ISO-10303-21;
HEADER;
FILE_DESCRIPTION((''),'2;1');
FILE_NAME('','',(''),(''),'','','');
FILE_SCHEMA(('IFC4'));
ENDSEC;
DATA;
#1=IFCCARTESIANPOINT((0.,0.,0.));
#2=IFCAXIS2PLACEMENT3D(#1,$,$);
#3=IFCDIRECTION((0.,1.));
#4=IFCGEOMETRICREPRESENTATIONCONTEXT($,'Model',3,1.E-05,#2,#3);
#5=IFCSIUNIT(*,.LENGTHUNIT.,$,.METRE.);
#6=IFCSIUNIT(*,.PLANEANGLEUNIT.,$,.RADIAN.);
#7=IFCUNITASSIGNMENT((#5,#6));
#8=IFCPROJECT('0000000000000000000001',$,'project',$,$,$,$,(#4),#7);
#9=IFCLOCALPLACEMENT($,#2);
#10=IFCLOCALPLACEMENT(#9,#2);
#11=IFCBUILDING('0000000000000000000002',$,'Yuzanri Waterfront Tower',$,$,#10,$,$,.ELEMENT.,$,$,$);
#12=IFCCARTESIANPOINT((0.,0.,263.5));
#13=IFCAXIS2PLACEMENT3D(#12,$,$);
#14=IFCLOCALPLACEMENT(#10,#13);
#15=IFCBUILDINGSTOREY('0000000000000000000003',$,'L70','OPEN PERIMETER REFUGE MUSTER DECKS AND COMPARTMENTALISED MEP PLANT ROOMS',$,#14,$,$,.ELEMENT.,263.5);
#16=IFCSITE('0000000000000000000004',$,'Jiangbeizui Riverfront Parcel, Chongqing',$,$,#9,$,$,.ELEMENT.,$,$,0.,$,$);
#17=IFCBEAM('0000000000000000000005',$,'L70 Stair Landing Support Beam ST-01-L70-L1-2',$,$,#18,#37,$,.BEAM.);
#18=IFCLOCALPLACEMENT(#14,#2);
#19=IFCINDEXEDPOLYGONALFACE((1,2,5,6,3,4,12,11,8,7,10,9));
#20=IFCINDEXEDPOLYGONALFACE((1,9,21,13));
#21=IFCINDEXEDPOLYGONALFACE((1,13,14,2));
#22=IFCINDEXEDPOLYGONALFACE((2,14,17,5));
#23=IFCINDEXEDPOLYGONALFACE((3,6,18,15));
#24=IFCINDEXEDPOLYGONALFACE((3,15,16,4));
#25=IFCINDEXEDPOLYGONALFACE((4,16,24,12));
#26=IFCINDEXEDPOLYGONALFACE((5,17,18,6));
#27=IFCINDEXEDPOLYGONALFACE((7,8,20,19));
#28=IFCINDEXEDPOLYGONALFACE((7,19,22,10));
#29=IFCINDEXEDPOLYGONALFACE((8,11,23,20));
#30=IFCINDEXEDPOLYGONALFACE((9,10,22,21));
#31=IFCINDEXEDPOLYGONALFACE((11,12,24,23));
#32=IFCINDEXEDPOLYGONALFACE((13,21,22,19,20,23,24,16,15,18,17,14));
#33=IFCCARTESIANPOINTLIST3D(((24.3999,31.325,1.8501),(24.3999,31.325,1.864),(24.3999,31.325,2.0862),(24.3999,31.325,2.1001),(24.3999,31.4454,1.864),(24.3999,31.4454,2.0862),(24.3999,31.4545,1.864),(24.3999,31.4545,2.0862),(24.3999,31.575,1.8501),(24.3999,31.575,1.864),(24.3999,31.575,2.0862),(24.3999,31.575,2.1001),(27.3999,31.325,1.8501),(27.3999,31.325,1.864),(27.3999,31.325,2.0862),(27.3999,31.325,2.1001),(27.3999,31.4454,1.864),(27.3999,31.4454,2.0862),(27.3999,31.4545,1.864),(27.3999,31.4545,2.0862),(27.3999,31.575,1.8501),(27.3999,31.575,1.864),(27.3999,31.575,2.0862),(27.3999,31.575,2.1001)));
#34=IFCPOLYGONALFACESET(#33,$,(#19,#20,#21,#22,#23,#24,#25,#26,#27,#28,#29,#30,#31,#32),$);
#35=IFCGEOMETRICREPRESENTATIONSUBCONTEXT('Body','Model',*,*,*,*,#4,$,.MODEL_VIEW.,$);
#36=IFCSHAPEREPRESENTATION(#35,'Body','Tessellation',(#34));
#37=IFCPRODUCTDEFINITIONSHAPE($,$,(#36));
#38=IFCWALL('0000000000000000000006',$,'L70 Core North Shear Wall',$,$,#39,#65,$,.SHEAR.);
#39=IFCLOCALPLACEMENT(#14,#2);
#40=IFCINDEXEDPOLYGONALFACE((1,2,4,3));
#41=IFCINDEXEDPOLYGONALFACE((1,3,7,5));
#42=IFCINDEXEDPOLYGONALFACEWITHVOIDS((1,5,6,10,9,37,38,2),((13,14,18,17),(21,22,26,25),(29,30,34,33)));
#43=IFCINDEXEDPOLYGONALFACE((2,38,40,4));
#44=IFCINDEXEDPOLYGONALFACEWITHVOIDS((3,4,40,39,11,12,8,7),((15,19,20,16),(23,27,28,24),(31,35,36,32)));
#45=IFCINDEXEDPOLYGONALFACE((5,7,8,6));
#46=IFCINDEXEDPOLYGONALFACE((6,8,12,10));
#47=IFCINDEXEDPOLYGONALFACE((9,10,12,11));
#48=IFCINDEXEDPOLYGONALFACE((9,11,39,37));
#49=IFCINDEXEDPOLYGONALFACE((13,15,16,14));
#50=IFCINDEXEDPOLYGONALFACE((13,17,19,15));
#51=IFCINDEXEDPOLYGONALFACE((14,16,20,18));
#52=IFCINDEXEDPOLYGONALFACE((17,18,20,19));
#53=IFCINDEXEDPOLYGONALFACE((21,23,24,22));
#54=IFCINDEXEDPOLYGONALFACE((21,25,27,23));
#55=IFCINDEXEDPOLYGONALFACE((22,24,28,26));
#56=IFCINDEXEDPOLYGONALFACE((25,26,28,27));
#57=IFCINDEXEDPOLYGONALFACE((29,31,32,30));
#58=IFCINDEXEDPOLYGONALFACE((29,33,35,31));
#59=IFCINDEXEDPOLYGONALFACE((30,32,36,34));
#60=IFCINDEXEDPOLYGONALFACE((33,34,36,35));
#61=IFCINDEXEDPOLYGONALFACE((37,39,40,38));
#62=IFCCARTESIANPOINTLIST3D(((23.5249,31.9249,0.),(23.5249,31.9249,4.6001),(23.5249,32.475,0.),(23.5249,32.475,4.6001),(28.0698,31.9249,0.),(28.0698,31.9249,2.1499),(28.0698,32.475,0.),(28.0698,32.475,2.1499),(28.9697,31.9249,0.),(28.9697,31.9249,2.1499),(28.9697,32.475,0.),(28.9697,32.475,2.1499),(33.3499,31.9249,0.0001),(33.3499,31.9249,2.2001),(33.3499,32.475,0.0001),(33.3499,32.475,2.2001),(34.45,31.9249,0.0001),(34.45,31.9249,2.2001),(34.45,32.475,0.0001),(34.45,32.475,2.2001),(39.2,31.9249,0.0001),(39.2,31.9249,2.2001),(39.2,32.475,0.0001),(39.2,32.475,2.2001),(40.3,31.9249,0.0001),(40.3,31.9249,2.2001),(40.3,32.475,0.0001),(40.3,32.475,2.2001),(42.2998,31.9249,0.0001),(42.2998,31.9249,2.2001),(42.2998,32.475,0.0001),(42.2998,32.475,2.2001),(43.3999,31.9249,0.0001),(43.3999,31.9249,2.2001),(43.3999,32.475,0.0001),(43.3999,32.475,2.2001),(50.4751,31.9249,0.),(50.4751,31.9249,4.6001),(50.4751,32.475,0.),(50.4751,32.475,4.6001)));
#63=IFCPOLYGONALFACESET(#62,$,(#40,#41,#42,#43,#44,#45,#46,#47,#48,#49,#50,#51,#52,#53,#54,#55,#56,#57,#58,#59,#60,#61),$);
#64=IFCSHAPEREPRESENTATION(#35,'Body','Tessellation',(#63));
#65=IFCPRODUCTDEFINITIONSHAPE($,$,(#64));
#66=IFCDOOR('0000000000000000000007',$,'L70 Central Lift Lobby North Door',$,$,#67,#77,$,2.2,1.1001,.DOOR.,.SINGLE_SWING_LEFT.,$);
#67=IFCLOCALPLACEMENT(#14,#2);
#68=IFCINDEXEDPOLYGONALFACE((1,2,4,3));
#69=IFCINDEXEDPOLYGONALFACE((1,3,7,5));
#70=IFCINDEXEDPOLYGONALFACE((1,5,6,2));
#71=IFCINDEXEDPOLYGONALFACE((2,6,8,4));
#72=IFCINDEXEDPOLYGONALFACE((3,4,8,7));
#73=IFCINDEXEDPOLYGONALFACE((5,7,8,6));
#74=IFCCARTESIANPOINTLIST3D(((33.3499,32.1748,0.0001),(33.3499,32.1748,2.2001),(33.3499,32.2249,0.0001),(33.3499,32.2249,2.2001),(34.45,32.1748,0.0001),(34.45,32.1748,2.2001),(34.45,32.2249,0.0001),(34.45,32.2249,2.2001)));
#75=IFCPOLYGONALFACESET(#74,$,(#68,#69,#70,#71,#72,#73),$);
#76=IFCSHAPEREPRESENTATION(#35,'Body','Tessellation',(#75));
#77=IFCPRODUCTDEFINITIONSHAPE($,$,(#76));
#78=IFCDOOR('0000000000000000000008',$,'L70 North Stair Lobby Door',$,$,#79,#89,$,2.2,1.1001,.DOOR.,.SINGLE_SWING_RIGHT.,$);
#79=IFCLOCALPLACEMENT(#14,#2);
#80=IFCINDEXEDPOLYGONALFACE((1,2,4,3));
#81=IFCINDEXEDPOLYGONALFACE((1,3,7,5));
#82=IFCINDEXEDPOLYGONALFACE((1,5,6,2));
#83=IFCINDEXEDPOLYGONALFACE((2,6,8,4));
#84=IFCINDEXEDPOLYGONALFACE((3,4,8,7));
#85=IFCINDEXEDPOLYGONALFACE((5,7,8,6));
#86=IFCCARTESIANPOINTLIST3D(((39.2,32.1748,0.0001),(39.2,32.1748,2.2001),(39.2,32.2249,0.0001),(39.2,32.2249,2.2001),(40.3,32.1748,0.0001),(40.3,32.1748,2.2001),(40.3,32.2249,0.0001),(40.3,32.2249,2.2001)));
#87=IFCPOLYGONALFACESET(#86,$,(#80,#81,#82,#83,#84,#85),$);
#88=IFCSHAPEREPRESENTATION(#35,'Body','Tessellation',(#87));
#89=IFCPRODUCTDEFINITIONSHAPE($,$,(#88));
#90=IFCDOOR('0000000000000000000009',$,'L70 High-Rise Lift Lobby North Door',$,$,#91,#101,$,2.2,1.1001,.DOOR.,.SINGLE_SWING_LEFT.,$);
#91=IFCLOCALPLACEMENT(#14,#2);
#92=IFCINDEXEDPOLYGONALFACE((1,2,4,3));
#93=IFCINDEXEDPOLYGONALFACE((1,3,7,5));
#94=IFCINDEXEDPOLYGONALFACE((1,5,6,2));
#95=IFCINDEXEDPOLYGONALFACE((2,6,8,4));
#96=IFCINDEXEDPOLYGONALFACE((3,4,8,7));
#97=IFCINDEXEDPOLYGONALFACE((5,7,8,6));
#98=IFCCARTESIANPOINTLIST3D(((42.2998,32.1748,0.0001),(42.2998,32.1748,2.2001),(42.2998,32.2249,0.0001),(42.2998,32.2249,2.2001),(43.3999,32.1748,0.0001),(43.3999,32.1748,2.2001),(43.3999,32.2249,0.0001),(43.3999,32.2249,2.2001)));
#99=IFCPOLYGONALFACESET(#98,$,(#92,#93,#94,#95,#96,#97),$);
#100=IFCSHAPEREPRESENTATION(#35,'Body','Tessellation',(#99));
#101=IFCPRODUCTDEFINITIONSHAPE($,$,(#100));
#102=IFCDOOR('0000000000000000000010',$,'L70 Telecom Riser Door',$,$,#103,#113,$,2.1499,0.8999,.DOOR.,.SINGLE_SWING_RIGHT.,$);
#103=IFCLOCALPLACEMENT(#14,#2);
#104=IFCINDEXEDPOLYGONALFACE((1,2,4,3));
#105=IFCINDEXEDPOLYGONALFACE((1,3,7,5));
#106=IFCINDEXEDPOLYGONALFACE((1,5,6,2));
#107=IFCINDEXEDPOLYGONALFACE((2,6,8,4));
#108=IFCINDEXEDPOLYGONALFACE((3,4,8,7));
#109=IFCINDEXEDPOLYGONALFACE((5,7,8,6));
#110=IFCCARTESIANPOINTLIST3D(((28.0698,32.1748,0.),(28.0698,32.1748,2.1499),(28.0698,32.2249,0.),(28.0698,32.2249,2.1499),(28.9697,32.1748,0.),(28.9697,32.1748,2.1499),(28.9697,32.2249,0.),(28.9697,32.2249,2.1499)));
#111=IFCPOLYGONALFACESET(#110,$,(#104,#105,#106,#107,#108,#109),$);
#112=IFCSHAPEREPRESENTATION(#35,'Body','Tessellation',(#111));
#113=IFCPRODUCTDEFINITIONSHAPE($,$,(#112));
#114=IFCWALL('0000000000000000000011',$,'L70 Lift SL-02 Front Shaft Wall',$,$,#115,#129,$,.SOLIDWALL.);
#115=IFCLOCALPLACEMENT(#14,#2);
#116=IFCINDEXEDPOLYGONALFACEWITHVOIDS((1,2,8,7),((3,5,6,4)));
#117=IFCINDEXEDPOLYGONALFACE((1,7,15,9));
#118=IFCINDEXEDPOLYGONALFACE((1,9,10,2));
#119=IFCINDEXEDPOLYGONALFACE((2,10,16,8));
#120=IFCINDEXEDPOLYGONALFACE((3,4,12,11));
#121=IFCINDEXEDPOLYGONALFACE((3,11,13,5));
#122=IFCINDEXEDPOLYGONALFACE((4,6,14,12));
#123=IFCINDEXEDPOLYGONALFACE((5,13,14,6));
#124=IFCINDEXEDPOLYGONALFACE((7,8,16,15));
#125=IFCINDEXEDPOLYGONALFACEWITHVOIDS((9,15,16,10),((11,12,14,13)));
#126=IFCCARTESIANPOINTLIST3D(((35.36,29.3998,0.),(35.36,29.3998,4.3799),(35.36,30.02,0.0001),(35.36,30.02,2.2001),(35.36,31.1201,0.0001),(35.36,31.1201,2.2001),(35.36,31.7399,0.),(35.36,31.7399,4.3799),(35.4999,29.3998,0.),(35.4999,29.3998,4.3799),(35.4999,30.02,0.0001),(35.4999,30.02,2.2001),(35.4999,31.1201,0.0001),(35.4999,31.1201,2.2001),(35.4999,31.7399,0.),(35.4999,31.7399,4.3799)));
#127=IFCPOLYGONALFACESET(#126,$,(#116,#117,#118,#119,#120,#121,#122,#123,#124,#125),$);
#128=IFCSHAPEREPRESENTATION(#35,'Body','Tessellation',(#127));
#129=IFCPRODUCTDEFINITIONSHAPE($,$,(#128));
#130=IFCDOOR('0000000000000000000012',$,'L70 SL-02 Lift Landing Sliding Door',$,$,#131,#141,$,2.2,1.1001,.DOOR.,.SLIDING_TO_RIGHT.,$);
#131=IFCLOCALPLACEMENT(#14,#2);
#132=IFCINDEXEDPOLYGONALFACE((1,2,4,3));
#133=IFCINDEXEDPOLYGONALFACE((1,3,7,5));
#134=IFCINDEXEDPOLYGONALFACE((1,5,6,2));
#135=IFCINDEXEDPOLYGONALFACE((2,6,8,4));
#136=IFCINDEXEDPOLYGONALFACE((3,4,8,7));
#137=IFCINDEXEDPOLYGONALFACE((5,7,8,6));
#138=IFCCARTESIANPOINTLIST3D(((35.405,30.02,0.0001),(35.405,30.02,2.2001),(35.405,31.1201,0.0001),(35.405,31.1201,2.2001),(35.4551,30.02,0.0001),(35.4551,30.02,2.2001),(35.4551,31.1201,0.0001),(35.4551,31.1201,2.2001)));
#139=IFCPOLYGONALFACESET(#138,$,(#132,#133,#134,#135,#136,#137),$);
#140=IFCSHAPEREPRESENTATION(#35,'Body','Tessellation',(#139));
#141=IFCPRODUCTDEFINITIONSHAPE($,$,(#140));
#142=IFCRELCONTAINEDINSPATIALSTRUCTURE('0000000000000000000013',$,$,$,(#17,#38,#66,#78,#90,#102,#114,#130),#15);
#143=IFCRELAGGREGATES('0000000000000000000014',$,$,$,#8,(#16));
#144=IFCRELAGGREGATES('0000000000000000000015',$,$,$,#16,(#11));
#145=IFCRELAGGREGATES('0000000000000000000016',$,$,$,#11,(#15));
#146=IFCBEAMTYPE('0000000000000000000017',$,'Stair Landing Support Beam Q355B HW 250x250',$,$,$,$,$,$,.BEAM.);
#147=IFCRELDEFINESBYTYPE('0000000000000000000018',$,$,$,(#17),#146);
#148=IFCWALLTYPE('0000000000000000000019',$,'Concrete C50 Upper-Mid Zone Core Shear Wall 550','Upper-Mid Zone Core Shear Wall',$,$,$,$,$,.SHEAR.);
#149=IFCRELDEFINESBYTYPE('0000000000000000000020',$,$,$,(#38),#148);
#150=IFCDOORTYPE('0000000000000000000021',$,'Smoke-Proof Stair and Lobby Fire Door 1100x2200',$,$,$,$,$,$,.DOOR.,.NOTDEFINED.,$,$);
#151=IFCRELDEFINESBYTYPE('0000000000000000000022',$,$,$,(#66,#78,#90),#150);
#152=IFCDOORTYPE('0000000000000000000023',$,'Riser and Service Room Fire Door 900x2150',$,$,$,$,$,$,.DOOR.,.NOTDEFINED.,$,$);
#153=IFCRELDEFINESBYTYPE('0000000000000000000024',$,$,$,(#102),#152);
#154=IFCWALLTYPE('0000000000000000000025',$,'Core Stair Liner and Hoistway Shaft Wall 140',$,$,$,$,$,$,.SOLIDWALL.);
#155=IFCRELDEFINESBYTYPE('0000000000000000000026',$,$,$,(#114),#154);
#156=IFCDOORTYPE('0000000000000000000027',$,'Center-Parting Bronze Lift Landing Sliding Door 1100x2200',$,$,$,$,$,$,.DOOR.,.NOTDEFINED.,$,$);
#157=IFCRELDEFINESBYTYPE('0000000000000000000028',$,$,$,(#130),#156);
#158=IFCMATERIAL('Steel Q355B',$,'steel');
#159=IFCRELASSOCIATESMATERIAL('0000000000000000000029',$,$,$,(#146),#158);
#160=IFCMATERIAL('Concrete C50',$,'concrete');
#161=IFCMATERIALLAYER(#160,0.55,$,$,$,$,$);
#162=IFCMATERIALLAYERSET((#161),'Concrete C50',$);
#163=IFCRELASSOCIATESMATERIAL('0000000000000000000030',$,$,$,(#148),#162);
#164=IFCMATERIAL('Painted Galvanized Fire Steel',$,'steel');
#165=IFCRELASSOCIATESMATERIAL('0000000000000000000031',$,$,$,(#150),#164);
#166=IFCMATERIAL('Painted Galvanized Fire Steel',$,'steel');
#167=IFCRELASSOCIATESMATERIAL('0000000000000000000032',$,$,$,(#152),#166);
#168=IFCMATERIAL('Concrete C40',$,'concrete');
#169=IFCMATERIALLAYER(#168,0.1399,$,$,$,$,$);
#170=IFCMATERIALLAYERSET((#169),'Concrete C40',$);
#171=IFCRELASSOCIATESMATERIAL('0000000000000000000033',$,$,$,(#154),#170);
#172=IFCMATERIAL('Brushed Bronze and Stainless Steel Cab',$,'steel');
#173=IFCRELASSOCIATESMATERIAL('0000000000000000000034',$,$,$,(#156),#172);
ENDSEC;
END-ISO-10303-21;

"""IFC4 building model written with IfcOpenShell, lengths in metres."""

from ifc_helpers import new_model, si_unit, direction, frame, frame_2d, origin, origin_2d, place, context, subcontext, project, spatial, rectangle, i_section, extrude, source, transform, mapped, material, layer, layer_set, material_profile, profile_set, type_object, element, fill, save


model = new_model("IFC4")

# Units and contexts
model_context = context("Model", 3, precision=1e-05, world=origin(), true_north=direction((0.0, 1.0)))
body_context = subcontext(model_context, "Body", "Model", "MODEL_VIEW")
ifc_project = project(units=[si_unit("LENGTHUNIT", "METRE"), si_unit("PLANEANGLEUNIT", "RADIAN")], contexts=[model_context])

# Site, building, storey
site_placement = place(None, origin())
site = spatial("IfcSite", under=ifc_project, at=site_placement, Name="Jiangbeizui Riverfront Parcel, Chongqing", CompositionType="ELEMENT", RefElevation=0.0)
building_placement = place(site_placement, origin())
building = spatial("IfcBuilding", under=site, at=building_placement, Name="Yuzanri Waterfront Tower", CompositionType="ELEMENT")
storey_placement = place(building_placement, frame((0.0, 0.0, 263.5)))
storey = spatial("IfcBuildingStorey", under=building, at=storey_placement, Name="L70", Description="OPEN PERIMETER REFUGE MUSTER DECKS AND COMPARTMENTALISED MEP PLANT ROOMS", CompositionType="ELEMENT", Elevation=263.5)

# Beam
ifc_material_1 = material(Name="Steel Q355B", Category="steel")
ifc_material_profile_1 = material_profile(ifc_material_1, i_section(OverallWidth=0.25, OverallDepth=0.25, WebThickness=0.009, FlangeThickness=0.0139, at=origin_2d()), Name="HW 250x250x9x14")
ifc_profile_set_1 = profile_set([ifc_material_profile_1], Name="Steel Q355B")
beam_type_1 = type_object("IfcBeamType", Name="Stair Landing Support Beam Q355B HW 250x250", PredefinedType="BEAM", material=ifc_profile_set_1)
shared_shape_1 = source(origin(), body_context, "Body", "SweptSolid", [
    extrude(i_section(OverallWidth=0.25, OverallDepth=0.25, WebThickness=0.009, FlangeThickness=0.0139, at=origin_2d()), origin(), (0.0, 0.0, 1.0), 3.0),
])
for number, where, z_axis, x_axis, name in (
    (1, (24.3999, 31.45, 1.9751), (1.0, 0.0, 0.0), (0.0, 1.0, 0.0), "L70 Stair Landing Support Beam ST-01-L70-L1-2"),
):
    element("IfcBeam", number, at=place(storey_placement, frame(where, z_axis=z_axis, x_axis=x_axis)), inside=storey, type_object=beam_type_1, Name=name, PredefinedType="BEAM", context=body_context, shape_type="MappedRepresentation", body=[
        mapped(shared_shape_1, transform((0.0, 0.0, 0.0), scale=1.0)),
    ])

# Wall, openings, doors
ifc_material_2 = material(Name="Concrete C50", Category="concrete")
ifc_layer_1 = layer(ifc_material_2, 0.55)
ifc_layer_set_1 = layer_set([ifc_layer_1], Name="Concrete C50")
wall_type_1 = type_object("IfcWallType", Name="Concrete C50 Upper-Mid Zone Core Shear Wall 550", Description="Upper-Mid Zone Core Shear Wall", PredefinedType="SHEAR", material=ifc_layer_set_1)
wall_1_placement = place(storey_placement, frame((23.5249, 32.2, 0.0), z_axis=(0.0, 0.0, 1.0), x_axis=(1.0, 0.0, 0.0)))
wall_1 = element("IfcWall", 2, at=wall_1_placement, inside=storey, type_object=wall_type_1, Name="L70 Core North Shear Wall", PredefinedType="SHEAR", context=body_context, shape_type="SweptSolid", body=[
    extrude(rectangle(XDim=26.9502, YDim=0.55, at=frame_2d((13.4751, 0.0))), origin(), (0.0, 0.0, 1.0), 4.6001),
])
opening_1_placement = place(wall_1_placement, frame((4.5449, 0.0, 0.0)))
opening_1 = element("IfcOpeningElement", 3, at=opening_1_placement, cuts=wall_1, PredefinedType="OPENING", context=body_context, shape_type="SweptSolid", body=[
    extrude(rectangle(XDim=0.8999, YDim=2.1499, at=frame_2d((0.45, 1.075))), frame((0.0, 0.29, 0.0), z_axis=(0.0, -1.0, 0.0), x_axis=(1.0, 0.0, 0.0)), (0.0, 0.0, 1.0), 0.5798),
])
opening_2_placement = place(wall_1_placement, frame((9.825, 0.0, 0.0)))
opening_2 = element("IfcOpeningElement", 4, at=opening_2_placement, cuts=wall_1, PredefinedType="OPENING", context=body_context, shape_type="SweptSolid", body=[
    extrude(rectangle(XDim=1.1001, YDim=2.2, at=frame_2d((0.55, 1.1001))), frame((0.0, 0.29, 0.0), z_axis=(0.0, -1.0, 0.0), x_axis=(1.0, 0.0, 0.0)), (0.0, 0.0, 1.0), 0.5798),
])
opening_3_placement = place(wall_1_placement, frame((15.675, 0.0, 0.0)))
opening_3 = element("IfcOpeningElement", 5, at=opening_3_placement, cuts=wall_1, PredefinedType="OPENING", context=body_context, shape_type="SweptSolid", body=[
    extrude(rectangle(XDim=1.1001, YDim=2.2, at=frame_2d((0.55, 1.1001))), frame((0.0, 0.29, 0.0), z_axis=(0.0, -1.0, 0.0), x_axis=(1.0, 0.0, 0.0)), (0.0, 0.0, 1.0), 0.5798),
])
opening_4_placement = place(wall_1_placement, frame((18.7749, 0.0, 0.0)))
opening_4 = element("IfcOpeningElement", 6, at=opening_4_placement, cuts=wall_1, PredefinedType="OPENING", context=body_context, shape_type="SweptSolid", body=[
    extrude(rectangle(XDim=1.1001, YDim=2.2, at=frame_2d((0.55, 1.1001))), frame((0.0, 0.29, 0.0), z_axis=(0.0, -1.0, 0.0), x_axis=(1.0, 0.0, 0.0)), (0.0, 0.0, 1.0), 0.5798),
])
ifc_material_3 = material(Name="Painted Galvanized Fire Steel", Category="steel")
door_type_1 = type_object("IfcDoorType", Name="Smoke-Proof Stair and Lobby Fire Door 1100x2200", OperationType="NOTDEFINED", PredefinedType="DOOR", material=ifc_material_3)
shared_shape_2 = source(origin(), body_context, "Body", "SweptSolid", [
    extrude(rectangle(XDim=1.1001, YDim=2.2, at=frame_2d((0.55, 1.1001))), frame((0.0, 0.0249, 0.0), z_axis=(0.0, -1.0, 0.0), x_axis=(1.0, 0.0, 0.0)), (0.0, 0.0, 1.0), 0.05),
])
door_1_placement = place(opening_2_placement, origin())
door_1 = element("IfcDoor", 7, at=door_1_placement, inside=storey, type_object=door_type_1, Name="L70 Central Lift Lobby North Door", OperationType="SINGLE_SWING_LEFT", OverallHeight=2.2, OverallWidth=1.1001, PredefinedType="DOOR", context=body_context, shape_type="MappedRepresentation", body=[
    mapped(shared_shape_2, transform((0.0, 0.0, 0.0), scale=1.0)),
])
fill(opening_2, door_1)
door_2_placement = place(opening_3_placement, origin())
door_2 = element("IfcDoor", 8, at=door_2_placement, inside=storey, type_object=door_type_1, Name="L70 North Stair Lobby Door", OperationType="SINGLE_SWING_RIGHT", OverallHeight=2.2, OverallWidth=1.1001, PredefinedType="DOOR", context=body_context, shape_type="MappedRepresentation", body=[
    mapped(shared_shape_2, transform((0.0, 0.0, 0.0), scale=1.0)),
])
fill(opening_3, door_2)
door_3_placement = place(opening_4_placement, origin())
door_3 = element("IfcDoor", 9, at=door_3_placement, inside=storey, type_object=door_type_1, Name="L70 High-Rise Lift Lobby North Door", OperationType="SINGLE_SWING_LEFT", OverallHeight=2.2, OverallWidth=1.1001, PredefinedType="DOOR", context=body_context, shape_type="MappedRepresentation", body=[
    mapped(shared_shape_2, transform((0.0, 0.0, 0.0), scale=1.0)),
])
fill(opening_4, door_3)
ifc_material_4 = material(Name="Painted Galvanized Fire Steel", Category="steel")
door_type_2 = type_object("IfcDoorType", Name="Riser and Service Room Fire Door 900x2150", OperationType="NOTDEFINED", PredefinedType="DOOR", material=ifc_material_4)
shared_shape_3 = source(origin(), body_context, "Body", "SweptSolid", [
    extrude(rectangle(XDim=0.8999, YDim=2.1499, at=frame_2d((0.45, 1.075))), frame((0.0, 0.0249, 0.0), z_axis=(0.0, -1.0, 0.0), x_axis=(1.0, 0.0, 0.0)), (0.0, 0.0, 1.0), 0.05),
])
door_4_placement = place(opening_1_placement, origin())
door_4 = element("IfcDoor", 10, at=door_4_placement, inside=storey, type_object=door_type_2, Name="L70 Telecom Riser Door", OperationType="SINGLE_SWING_RIGHT", OverallHeight=2.1499, OverallWidth=0.8999, PredefinedType="DOOR", context=body_context, shape_type="MappedRepresentation", body=[
    mapped(shared_shape_3, transform((0.0, 0.0, 0.0), scale=1.0)),
])
fill(opening_1, door_4)

# Wall, opening, door
ifc_material_5 = material(Name="Concrete C40", Category="concrete")
ifc_layer_2 = layer(ifc_material_5, 0.1399)
ifc_layer_set_2 = layer_set([ifc_layer_2], Name="Concrete C40")
wall_type_2 = type_object("IfcWallType", Name="Core Stair Liner and Hoistway Shaft Wall 140", PredefinedType="SOLIDWALL", material=ifc_layer_set_2)
wall_2_placement = place(storey_placement, frame((35.4299, 29.3999, 0.0), z_axis=(0.0, 0.0, 1.0), x_axis=(0.0, 1.0, 0.0)))
wall_2 = element("IfcWall", 11, at=wall_2_placement, inside=storey, type_object=wall_type_2, Name="L70 Lift SL-02 Front Shaft Wall", PredefinedType="SOLIDWALL", context=body_context, shape_type="SweptSolid", body=[
    extrude(rectangle(XDim=2.3401, YDim=0.1399, at=frame_2d((1.1699, 0.0))), origin(), (0.0, 0.0, 1.0), 4.3799),
])
opening_5_placement = place(wall_2_placement, frame((0.6201, 0.0, 0.0)))
opening_5 = element("IfcOpeningElement", 12, at=opening_5_placement, cuts=wall_2, PredefinedType="OPENING", context=body_context, shape_type="SweptSolid", body=[
    extrude(rectangle(XDim=1.1001, YDim=2.2, at=frame_2d((0.55, 1.1001))), frame((0.0, 0.085, 0.0), z_axis=(0.0, -1.0, 0.0), x_axis=(1.0, 0.0, 0.0)), (0.0, 0.0, 1.0), 0.1697),
])
ifc_material_6 = material(Name="Brushed Bronze and Stainless Steel Cab", Category="steel")
door_type_3 = type_object("IfcDoorType", Name="Center-Parting Bronze Lift Landing Sliding Door 1100x2200", OperationType="NOTDEFINED", PredefinedType="DOOR", material=ifc_material_6)
shared_shape_4 = source(origin(), body_context, "Body", "SweptSolid", [
    extrude(rectangle(XDim=1.1001, YDim=2.2, at=frame_2d((0.55, 1.1001))), frame((0.0, 0.0249, 0.0), z_axis=(0.0, -1.0, 0.0), x_axis=(1.0, 0.0, 0.0)), (0.0, 0.0, 1.0), 0.05),
])
door_5_placement = place(opening_5_placement, origin())
door_5 = element("IfcDoor", 13, at=door_5_placement, inside=storey, type_object=door_type_3, Name="L70 SL-02 Lift Landing Sliding Door", OperationType="SLIDING_TO_RIGHT", OverallHeight=2.2, OverallWidth=1.1001, PredefinedType="DOOR", context=body_context, shape_type="MappedRepresentation", body=[
    mapped(shared_shape_4, transform((0.0, 0.0, 0.0), scale=1.0)),
])
fill(opening_5, door_5)

save(model, "model.ifc")
